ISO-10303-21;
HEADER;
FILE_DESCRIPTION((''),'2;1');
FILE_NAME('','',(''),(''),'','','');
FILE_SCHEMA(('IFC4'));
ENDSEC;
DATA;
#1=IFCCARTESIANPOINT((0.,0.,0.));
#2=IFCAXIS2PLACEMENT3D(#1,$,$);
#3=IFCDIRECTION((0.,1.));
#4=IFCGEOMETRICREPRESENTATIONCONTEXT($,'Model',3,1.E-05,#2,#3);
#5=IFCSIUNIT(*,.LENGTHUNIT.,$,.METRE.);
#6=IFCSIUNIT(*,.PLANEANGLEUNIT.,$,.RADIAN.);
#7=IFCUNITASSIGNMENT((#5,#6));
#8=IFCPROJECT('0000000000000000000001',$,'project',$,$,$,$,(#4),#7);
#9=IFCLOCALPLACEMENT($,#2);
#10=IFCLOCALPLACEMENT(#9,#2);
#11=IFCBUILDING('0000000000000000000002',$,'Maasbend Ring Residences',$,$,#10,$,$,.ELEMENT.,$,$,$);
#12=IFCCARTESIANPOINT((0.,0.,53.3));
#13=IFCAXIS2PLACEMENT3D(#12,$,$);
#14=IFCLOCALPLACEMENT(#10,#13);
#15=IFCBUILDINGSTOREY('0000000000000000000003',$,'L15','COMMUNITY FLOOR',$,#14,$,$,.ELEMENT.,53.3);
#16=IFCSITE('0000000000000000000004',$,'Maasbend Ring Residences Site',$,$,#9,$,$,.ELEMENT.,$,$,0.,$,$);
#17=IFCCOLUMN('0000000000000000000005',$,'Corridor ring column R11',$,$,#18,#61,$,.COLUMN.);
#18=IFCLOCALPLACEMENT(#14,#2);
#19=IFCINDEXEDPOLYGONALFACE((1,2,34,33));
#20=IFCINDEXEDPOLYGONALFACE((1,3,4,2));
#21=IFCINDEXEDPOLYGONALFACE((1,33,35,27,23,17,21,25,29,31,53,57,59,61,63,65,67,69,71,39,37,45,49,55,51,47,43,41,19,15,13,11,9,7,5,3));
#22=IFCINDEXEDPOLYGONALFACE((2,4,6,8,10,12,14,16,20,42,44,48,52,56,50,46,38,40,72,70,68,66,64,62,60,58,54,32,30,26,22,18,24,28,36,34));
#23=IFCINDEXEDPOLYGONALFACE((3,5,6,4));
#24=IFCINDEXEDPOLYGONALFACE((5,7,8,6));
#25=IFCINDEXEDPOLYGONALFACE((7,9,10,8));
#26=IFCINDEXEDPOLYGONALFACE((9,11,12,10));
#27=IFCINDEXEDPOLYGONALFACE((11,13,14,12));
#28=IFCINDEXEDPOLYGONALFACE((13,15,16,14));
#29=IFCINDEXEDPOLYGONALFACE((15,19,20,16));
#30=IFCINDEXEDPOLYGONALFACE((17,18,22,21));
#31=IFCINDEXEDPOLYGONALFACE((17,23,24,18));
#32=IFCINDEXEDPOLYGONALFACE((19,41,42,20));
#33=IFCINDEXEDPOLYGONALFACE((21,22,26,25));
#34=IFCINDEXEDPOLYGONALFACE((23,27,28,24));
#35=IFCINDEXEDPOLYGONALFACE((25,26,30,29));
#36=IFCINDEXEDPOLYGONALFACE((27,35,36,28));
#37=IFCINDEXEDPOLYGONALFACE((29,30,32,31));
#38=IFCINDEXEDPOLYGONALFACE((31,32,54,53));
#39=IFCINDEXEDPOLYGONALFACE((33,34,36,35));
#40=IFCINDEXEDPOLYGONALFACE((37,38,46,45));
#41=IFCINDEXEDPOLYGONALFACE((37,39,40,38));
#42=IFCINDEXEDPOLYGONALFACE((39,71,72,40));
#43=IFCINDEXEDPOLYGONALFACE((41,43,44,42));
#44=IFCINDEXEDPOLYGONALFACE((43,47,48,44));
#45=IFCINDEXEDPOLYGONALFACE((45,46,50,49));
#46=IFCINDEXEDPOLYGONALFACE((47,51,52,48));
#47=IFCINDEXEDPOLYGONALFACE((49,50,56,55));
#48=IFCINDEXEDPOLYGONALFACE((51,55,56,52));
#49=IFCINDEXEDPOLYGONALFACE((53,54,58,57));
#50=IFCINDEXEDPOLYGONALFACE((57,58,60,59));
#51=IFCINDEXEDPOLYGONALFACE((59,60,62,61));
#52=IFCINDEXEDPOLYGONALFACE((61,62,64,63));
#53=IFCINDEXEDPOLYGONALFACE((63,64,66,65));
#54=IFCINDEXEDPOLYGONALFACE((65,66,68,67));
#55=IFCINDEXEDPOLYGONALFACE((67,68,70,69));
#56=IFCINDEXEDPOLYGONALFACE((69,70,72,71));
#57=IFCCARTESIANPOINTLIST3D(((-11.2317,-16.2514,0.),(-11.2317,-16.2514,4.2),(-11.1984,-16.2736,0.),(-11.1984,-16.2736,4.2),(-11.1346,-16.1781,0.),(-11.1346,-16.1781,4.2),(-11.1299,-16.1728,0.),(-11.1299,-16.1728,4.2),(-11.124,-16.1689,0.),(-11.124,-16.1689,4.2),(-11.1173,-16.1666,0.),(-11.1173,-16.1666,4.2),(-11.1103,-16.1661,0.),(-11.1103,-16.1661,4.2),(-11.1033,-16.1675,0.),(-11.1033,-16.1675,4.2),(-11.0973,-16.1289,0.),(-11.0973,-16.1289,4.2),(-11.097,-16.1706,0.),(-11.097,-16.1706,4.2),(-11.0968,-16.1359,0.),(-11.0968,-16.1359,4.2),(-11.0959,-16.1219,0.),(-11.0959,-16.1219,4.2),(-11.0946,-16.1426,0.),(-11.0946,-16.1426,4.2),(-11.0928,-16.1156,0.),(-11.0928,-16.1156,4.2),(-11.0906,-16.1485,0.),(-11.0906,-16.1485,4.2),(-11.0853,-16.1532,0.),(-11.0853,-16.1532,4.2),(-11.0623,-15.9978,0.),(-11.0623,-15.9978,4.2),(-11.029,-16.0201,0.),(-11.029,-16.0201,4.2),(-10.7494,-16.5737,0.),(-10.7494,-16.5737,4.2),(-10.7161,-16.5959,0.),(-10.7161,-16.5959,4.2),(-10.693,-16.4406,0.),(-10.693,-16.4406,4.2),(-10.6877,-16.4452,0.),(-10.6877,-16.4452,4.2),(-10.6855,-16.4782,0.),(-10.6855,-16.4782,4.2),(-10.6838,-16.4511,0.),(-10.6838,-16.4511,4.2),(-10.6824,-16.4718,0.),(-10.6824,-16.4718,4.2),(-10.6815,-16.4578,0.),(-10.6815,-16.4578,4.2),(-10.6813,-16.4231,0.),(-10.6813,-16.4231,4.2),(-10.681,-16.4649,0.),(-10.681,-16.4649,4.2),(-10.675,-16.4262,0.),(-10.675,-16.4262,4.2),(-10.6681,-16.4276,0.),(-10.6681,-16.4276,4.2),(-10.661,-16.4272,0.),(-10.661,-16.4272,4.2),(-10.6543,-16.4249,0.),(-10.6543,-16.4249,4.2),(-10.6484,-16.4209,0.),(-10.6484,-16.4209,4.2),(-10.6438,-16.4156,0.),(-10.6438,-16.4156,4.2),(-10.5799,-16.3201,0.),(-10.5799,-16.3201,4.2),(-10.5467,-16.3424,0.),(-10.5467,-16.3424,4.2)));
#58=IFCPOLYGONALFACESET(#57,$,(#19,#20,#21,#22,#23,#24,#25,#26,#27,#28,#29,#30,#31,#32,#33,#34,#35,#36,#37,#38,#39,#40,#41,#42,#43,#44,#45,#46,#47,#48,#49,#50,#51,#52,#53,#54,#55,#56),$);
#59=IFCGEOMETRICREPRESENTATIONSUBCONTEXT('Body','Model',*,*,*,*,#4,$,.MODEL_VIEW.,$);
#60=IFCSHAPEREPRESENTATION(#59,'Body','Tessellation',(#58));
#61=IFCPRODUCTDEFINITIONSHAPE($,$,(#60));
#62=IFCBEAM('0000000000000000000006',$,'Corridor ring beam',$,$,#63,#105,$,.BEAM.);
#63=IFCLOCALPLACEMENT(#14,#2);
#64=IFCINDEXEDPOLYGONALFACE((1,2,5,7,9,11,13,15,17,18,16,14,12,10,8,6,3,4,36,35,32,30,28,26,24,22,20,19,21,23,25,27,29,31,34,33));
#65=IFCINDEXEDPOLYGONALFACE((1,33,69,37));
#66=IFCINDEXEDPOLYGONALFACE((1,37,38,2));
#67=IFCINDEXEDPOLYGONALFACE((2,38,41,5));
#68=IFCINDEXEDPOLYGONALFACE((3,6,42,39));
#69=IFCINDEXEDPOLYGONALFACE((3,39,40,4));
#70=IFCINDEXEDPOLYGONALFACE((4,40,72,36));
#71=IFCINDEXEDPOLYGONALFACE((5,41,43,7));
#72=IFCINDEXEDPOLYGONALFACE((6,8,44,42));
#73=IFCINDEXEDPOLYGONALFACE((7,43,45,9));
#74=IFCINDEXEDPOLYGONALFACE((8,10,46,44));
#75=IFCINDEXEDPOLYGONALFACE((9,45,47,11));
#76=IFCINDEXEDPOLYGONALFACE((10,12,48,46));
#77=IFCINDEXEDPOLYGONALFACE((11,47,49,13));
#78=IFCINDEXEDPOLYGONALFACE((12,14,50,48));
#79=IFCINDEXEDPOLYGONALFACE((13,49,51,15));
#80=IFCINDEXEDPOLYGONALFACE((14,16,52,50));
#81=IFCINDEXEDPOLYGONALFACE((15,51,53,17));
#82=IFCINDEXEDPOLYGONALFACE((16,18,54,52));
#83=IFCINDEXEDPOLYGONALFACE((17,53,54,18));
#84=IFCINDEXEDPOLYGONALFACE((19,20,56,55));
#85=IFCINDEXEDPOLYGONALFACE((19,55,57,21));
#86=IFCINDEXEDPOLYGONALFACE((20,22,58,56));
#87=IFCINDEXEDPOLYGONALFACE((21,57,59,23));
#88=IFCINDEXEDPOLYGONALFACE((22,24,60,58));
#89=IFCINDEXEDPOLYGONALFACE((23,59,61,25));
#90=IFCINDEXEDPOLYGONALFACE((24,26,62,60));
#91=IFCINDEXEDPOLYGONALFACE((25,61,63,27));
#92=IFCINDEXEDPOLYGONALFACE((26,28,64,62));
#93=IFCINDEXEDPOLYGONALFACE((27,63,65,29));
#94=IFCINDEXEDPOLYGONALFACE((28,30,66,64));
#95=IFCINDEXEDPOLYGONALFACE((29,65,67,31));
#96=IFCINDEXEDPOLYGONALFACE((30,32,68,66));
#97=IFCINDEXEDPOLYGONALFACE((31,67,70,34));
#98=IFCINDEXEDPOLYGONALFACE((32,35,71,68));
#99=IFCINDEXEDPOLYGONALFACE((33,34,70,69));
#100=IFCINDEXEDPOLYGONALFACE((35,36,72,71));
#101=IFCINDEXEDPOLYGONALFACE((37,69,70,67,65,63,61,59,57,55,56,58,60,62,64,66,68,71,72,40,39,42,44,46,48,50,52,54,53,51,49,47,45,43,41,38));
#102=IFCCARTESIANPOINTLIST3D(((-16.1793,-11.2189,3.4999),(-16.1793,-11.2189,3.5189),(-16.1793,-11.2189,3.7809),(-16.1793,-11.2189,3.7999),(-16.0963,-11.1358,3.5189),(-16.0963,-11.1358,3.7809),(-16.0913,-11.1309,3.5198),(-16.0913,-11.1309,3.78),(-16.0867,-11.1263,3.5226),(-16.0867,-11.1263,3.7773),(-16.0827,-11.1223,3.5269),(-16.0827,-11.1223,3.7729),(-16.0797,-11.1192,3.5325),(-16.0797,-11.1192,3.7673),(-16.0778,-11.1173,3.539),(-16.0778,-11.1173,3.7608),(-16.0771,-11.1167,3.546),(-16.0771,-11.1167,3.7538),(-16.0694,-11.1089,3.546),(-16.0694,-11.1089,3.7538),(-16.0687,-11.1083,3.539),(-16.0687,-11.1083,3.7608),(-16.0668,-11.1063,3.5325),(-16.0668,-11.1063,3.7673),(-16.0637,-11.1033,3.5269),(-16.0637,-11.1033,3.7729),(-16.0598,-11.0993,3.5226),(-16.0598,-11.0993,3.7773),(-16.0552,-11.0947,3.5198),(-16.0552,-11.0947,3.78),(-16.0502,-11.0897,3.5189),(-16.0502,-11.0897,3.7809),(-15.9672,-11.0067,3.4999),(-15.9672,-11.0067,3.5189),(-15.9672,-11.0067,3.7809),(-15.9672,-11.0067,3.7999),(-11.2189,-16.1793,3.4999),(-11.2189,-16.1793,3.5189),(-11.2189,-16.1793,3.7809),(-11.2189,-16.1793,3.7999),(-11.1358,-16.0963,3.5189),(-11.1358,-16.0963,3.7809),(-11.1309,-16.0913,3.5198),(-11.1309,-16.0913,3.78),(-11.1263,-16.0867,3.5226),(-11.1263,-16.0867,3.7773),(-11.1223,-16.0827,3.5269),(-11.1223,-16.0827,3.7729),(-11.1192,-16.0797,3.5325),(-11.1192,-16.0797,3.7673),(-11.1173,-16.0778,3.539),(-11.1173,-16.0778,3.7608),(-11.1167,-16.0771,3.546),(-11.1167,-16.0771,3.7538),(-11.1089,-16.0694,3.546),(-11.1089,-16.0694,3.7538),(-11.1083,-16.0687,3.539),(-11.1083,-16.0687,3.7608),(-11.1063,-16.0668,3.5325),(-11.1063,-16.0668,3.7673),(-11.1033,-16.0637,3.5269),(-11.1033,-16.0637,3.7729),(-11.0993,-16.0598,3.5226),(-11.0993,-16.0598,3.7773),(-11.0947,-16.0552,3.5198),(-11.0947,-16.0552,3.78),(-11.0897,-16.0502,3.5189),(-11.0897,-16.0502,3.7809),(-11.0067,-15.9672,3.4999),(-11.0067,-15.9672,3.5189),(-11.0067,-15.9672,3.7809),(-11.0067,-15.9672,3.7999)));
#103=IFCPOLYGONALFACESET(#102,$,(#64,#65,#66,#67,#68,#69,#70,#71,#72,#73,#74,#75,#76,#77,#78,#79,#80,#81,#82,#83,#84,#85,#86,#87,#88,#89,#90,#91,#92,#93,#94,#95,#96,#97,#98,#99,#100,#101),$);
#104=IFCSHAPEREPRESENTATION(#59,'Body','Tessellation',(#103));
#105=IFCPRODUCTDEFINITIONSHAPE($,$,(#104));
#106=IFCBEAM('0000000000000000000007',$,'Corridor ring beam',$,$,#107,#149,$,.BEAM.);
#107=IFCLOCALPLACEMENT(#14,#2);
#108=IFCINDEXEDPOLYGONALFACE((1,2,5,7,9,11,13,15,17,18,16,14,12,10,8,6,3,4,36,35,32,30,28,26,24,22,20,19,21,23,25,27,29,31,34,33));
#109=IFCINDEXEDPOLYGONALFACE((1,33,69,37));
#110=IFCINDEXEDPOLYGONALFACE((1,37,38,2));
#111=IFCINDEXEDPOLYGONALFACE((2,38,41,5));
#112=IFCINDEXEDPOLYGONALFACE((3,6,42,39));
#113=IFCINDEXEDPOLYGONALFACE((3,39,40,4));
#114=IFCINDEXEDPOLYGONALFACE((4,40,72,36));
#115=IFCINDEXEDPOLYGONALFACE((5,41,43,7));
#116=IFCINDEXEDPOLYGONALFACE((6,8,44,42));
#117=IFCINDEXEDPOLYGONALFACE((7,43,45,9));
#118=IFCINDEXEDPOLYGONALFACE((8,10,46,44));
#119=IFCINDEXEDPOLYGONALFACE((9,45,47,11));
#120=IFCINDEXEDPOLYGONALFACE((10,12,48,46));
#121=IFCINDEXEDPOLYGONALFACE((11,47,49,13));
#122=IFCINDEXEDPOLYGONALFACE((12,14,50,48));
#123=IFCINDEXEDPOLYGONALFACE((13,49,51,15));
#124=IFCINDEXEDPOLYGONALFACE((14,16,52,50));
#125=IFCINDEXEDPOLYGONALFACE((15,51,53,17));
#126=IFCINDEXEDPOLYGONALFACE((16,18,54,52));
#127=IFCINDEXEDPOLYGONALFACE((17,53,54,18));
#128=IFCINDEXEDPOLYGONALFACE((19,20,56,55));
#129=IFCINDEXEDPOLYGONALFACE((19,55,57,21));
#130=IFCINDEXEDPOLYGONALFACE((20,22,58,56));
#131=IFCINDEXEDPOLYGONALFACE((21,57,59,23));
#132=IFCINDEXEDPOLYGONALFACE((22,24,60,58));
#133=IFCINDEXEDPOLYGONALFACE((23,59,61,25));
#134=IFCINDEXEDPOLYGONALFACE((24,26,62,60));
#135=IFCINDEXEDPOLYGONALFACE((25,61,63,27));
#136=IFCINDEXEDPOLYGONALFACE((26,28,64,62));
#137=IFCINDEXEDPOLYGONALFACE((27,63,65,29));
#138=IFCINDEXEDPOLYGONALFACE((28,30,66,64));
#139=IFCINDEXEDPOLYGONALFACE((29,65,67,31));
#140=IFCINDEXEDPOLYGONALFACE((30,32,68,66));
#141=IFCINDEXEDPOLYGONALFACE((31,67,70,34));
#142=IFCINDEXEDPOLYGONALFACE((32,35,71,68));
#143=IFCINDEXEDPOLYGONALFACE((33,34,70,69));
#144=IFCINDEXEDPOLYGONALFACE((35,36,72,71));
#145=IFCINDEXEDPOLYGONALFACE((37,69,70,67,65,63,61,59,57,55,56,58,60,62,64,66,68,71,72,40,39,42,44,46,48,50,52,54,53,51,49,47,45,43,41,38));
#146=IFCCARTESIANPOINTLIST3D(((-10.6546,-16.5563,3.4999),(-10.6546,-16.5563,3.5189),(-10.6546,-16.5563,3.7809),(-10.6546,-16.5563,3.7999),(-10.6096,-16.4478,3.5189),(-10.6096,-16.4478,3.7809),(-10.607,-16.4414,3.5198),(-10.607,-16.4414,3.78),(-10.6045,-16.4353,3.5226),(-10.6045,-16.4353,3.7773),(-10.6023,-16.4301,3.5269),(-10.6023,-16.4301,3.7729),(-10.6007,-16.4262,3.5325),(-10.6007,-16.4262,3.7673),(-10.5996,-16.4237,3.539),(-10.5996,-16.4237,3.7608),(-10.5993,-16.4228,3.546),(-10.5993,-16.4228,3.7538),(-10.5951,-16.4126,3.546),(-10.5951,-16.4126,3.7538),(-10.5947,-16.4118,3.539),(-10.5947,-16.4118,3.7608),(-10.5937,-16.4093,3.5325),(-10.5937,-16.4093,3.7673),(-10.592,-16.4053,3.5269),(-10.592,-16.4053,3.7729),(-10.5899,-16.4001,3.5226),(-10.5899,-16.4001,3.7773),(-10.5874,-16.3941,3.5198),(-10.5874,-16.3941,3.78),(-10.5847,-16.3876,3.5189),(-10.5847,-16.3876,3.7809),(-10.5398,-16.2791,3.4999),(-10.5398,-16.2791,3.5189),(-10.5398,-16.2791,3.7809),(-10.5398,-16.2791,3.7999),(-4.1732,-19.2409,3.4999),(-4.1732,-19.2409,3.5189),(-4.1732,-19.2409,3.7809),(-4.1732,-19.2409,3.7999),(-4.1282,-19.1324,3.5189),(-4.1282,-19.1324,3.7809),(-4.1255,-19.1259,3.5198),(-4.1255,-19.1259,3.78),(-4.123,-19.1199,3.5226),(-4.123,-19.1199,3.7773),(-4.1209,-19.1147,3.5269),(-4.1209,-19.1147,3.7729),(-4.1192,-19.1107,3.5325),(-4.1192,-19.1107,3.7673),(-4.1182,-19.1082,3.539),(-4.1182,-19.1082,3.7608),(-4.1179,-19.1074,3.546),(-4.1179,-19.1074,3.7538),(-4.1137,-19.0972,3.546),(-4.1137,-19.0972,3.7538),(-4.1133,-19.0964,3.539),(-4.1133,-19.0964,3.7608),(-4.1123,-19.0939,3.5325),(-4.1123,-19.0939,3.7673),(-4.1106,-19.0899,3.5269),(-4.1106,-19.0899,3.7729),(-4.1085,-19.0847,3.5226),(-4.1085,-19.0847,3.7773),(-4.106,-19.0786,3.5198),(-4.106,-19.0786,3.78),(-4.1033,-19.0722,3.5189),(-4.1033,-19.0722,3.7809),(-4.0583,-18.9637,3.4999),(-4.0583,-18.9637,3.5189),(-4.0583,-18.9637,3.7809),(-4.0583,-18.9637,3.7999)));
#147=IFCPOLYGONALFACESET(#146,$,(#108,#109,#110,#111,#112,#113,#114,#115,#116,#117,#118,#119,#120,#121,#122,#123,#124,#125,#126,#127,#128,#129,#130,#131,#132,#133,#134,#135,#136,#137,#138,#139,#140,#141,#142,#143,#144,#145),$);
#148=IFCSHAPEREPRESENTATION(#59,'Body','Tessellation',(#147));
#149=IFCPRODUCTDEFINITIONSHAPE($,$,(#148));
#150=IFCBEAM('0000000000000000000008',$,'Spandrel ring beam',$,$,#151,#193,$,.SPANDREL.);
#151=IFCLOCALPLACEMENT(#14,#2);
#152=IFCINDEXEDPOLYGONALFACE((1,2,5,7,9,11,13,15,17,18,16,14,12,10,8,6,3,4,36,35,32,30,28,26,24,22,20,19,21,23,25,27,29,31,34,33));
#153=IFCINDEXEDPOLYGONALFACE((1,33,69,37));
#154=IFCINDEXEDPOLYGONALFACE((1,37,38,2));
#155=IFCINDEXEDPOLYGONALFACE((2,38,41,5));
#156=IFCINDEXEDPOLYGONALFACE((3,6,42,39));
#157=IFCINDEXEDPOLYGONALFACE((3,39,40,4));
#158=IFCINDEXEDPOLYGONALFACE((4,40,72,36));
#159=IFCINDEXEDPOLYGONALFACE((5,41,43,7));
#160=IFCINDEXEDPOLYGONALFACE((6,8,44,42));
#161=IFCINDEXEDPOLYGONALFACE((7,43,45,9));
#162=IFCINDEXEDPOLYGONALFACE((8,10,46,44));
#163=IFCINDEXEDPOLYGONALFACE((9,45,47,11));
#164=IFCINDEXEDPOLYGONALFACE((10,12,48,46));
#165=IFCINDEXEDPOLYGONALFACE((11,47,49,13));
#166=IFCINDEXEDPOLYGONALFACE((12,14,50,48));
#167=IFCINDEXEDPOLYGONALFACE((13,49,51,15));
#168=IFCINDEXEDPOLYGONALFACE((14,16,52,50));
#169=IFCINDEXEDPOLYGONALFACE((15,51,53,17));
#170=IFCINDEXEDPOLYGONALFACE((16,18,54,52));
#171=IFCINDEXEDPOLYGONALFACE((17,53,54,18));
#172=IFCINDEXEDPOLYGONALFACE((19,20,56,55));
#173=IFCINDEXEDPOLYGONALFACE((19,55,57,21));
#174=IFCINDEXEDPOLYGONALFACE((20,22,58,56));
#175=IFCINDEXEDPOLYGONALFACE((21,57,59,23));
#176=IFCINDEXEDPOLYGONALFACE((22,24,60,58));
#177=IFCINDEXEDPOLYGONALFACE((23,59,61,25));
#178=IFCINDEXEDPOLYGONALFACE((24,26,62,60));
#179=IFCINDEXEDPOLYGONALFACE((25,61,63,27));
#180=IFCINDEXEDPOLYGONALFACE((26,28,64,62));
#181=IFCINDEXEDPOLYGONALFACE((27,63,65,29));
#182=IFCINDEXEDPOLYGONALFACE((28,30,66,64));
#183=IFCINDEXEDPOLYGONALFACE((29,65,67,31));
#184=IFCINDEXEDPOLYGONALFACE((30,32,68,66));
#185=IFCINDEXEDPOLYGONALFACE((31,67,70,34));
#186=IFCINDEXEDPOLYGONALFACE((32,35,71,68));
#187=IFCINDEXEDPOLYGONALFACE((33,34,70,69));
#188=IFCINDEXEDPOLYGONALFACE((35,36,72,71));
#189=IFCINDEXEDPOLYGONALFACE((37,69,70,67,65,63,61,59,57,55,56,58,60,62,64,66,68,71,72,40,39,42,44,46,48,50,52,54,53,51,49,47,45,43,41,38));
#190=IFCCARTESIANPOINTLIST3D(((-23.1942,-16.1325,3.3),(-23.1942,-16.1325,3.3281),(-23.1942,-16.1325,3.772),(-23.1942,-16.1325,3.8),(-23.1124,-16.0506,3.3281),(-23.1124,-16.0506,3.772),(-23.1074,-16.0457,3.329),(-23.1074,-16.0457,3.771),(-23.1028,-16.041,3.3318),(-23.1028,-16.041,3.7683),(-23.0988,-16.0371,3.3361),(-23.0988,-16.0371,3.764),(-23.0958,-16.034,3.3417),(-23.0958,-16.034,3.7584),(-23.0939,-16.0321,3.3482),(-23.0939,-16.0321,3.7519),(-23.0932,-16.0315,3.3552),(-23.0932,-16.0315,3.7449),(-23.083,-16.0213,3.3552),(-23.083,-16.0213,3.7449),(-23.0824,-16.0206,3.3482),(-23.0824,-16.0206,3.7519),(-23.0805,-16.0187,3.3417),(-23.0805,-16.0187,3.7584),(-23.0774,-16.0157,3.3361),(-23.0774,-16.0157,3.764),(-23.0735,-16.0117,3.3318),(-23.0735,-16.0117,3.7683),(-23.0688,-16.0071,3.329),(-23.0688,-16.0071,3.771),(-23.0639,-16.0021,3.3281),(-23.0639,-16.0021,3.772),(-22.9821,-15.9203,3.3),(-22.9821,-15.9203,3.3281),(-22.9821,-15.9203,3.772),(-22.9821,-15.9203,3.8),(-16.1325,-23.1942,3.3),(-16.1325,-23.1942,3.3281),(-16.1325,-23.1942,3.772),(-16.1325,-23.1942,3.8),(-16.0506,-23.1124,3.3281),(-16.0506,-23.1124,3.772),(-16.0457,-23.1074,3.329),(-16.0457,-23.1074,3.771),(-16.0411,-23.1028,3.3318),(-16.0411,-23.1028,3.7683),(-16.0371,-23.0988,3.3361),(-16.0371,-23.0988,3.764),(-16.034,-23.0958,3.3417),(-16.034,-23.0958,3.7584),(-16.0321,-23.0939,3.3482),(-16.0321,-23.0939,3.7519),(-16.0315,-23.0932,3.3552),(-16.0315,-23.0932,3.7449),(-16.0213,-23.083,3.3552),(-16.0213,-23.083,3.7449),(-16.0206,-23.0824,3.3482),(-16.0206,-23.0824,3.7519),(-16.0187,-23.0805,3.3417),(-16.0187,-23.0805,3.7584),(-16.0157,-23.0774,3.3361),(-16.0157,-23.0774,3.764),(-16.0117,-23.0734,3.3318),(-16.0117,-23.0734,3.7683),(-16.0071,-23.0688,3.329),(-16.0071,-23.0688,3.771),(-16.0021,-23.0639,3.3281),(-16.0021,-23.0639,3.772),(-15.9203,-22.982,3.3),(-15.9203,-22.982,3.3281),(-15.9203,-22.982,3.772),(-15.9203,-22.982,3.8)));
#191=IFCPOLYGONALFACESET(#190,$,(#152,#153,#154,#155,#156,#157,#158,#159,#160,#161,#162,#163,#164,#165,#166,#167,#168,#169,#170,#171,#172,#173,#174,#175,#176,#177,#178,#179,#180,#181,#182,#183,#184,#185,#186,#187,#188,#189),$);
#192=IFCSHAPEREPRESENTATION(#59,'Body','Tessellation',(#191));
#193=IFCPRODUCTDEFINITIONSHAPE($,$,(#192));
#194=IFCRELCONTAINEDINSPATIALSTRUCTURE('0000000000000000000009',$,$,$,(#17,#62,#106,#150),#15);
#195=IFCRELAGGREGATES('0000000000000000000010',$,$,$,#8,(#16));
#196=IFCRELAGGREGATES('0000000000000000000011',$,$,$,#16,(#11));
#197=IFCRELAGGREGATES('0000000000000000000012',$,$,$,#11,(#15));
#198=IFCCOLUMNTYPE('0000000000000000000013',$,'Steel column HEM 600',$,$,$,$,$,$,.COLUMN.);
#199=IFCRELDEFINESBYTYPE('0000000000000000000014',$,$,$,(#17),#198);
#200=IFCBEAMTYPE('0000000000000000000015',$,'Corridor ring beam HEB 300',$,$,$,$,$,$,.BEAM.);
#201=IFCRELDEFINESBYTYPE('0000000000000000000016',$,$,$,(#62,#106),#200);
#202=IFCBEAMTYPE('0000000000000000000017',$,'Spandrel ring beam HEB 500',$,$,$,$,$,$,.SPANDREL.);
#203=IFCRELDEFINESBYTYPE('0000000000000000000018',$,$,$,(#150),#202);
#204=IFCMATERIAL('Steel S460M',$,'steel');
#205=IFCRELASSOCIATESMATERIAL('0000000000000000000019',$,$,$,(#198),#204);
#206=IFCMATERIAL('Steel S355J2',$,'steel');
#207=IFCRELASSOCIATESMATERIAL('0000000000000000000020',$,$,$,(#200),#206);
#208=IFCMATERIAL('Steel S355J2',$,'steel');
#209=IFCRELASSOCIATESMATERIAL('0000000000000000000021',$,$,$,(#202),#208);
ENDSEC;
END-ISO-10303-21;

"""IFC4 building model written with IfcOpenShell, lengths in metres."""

from ifc_helpers import new_model, si_unit, direction, frame, origin, origin_2d, place, context, subcontext, project, spatial, i_section, extrude, material, material_profile, profile_set, type_object, element, save


model = new_model("IFC4")

# Units and contexts
model_context = context("Model", 3, precision=1e-05, world=origin(), true_north=direction((0.0, 1.0)))
body_context = subcontext(model_context, "Body", "Model", "MODEL_VIEW")
ifc_project = project(units=[si_unit("LENGTHUNIT", "METRE"), si_unit("PLANEANGLEUNIT", "RADIAN")], contexts=[model_context])

# Site, building, storey
site_placement = place(None, origin())
site = spatial("IfcSite", under=ifc_project, at=site_placement, Name="Maasbend Ring Residences Site", CompositionType="ELEMENT", RefElevation=0.0)
building_placement = place(site_placement, origin())
building = spatial("IfcBuilding", under=site, at=building_placement, Name="Maasbend Ring Residences", CompositionType="ELEMENT")
storey_placement = place(building_placement, frame((0.0, 0.0, 53.3)))
storey = spatial("IfcBuildingStorey", under=building, at=storey_placement, Name="L15", Description="COMMUNITY FLOOR", CompositionType="ELEMENT", Elevation=53.3)

# Column
ifc_material_1 = material(Name="Steel S460M", Category="steel")
ifc_material_profile_1 = material_profile(ifc_material_1, i_section(OverallWidth=0.3049, OverallDepth=0.6201, WebThickness=0.021, FlangeThickness=0.04, FilletRadius=0.0271, at=origin_2d()), Name="HEM 600")
ifc_profile_set_1 = profile_set([ifc_material_profile_1], Name="Steel S460M")
column_type_1 = type_object("IfcColumnType", Name="Steel column HEM 600", PredefinedType="COLUMN", material=ifc_profile_set_1)
column_placement = place(storey_placement, frame((-10.8892, -16.2969, 0.0), z_axis=(0.0, 0.0, 1.0), x_axis=(-0.55557, -0.83147, 0.0)))
element("IfcColumn", 1, at=column_placement, inside=storey, type_object=column_type_1, Name="Corridor ring column R11", PredefinedType="COLUMN", context=body_context, shape_type="SweptSolid", body=[
    extrude(i_section(OverallWidth=0.3049, OverallDepth=0.6201, WebThickness=0.021, FlangeThickness=0.04, FilletRadius=0.0271, at=origin_2d()), origin(), (0.0, 0.0, 1.0), 4.2),
])

# Beams
ifc_material_2 = material(Name="Steel S355J2", Category="steel")
ifc_material_profile_2 = material_profile(ifc_material_2, i_section(OverallWidth=0.3, OverallDepth=0.3, WebThickness=0.011, FlangeThickness=0.019, FilletRadius=0.0271, at=origin_2d()), Name="HEB 300")
ifc_profile_set_2 = profile_set([ifc_material_profile_2], Name="Steel S355J2")
beam_type_1 = type_object("IfcBeamType", Name="Corridor ring beam HEB 300", PredefinedType="BEAM", material=ifc_profile_set_2)
beam_1_placement = place(storey_placement, frame((-16.0732, -11.1128, 3.6499), z_axis=(0.707107, -0.707107, 0.0), x_axis=(0.707107, 0.707107, 0.0)))
element("IfcBeam", 2, at=beam_1_placement, inside=storey, type_object=beam_type_1, Name="Corridor ring beam", PredefinedType="BEAM", context=body_context, shape_type="SweptSolid", body=[
    extrude(i_section(OverallWidth=0.3, OverallDepth=0.3, WebThickness=0.011, FlangeThickness=0.019, FilletRadius=0.0271, at=origin_2d()), origin(), (0.0, 0.0, 1.0), 7.0151),
])
beam_2_placement = place(storey_placement, frame((-10.5972, -16.4177, 3.6499), z_axis=(0.923886, -0.382667, 0.0), x_axis=(0.382667, 0.923886, 0.0)))
element("IfcBeam", 3, at=beam_2_placement, inside=storey, type_object=beam_type_1, Name="Corridor ring beam", PredefinedType="BEAM", context=body_context, shape_type="SweptSolid", body=[
    extrude(i_section(OverallWidth=0.3, OverallDepth=0.3, WebThickness=0.011, FlangeThickness=0.019, FilletRadius=0.0271, at=origin_2d()), origin(), (0.0, 0.0, 1.0), 7.0154),
])
ifc_material_3 = material(Name="Steel S355J2", Category="steel")
ifc_material_profile_3 = material_profile(ifc_material_3, i_section(OverallWidth=0.3, OverallDepth=0.5, WebThickness=0.0144, FlangeThickness=0.0281, FilletRadius=0.0271, at=origin_2d()), Name="HEB 500")
ifc_profile_set_3 = profile_set([ifc_material_profile_3], Name="Steel S355J2")
beam_type_2 = type_object("IfcBeamType", Name="Spandrel ring beam HEB 500", PredefinedType="SPANDREL", material=ifc_profile_set_3)
beam_3_placement = place(storey_placement, frame((-23.0881, -16.0264, 3.55), z_axis=(0.707107, -0.707107, 0.0), x_axis=(0.707107, 0.707107, 0.0)))
element("IfcBeam", 4, at=beam_3_placement, inside=storey, type_object=beam_type_2, Name="Spandrel ring beam", PredefinedType="SPANDREL", context=body_context, shape_type="SweptSolid", body=[
    extrude(i_section(OverallWidth=0.3, OverallDepth=0.5, WebThickness=0.0144, FlangeThickness=0.0281, FilletRadius=0.0271, at=origin_2d()), origin(), (0.0, 0.0, 1.0), 9.9868),
])

save(model, "model.ifc")
